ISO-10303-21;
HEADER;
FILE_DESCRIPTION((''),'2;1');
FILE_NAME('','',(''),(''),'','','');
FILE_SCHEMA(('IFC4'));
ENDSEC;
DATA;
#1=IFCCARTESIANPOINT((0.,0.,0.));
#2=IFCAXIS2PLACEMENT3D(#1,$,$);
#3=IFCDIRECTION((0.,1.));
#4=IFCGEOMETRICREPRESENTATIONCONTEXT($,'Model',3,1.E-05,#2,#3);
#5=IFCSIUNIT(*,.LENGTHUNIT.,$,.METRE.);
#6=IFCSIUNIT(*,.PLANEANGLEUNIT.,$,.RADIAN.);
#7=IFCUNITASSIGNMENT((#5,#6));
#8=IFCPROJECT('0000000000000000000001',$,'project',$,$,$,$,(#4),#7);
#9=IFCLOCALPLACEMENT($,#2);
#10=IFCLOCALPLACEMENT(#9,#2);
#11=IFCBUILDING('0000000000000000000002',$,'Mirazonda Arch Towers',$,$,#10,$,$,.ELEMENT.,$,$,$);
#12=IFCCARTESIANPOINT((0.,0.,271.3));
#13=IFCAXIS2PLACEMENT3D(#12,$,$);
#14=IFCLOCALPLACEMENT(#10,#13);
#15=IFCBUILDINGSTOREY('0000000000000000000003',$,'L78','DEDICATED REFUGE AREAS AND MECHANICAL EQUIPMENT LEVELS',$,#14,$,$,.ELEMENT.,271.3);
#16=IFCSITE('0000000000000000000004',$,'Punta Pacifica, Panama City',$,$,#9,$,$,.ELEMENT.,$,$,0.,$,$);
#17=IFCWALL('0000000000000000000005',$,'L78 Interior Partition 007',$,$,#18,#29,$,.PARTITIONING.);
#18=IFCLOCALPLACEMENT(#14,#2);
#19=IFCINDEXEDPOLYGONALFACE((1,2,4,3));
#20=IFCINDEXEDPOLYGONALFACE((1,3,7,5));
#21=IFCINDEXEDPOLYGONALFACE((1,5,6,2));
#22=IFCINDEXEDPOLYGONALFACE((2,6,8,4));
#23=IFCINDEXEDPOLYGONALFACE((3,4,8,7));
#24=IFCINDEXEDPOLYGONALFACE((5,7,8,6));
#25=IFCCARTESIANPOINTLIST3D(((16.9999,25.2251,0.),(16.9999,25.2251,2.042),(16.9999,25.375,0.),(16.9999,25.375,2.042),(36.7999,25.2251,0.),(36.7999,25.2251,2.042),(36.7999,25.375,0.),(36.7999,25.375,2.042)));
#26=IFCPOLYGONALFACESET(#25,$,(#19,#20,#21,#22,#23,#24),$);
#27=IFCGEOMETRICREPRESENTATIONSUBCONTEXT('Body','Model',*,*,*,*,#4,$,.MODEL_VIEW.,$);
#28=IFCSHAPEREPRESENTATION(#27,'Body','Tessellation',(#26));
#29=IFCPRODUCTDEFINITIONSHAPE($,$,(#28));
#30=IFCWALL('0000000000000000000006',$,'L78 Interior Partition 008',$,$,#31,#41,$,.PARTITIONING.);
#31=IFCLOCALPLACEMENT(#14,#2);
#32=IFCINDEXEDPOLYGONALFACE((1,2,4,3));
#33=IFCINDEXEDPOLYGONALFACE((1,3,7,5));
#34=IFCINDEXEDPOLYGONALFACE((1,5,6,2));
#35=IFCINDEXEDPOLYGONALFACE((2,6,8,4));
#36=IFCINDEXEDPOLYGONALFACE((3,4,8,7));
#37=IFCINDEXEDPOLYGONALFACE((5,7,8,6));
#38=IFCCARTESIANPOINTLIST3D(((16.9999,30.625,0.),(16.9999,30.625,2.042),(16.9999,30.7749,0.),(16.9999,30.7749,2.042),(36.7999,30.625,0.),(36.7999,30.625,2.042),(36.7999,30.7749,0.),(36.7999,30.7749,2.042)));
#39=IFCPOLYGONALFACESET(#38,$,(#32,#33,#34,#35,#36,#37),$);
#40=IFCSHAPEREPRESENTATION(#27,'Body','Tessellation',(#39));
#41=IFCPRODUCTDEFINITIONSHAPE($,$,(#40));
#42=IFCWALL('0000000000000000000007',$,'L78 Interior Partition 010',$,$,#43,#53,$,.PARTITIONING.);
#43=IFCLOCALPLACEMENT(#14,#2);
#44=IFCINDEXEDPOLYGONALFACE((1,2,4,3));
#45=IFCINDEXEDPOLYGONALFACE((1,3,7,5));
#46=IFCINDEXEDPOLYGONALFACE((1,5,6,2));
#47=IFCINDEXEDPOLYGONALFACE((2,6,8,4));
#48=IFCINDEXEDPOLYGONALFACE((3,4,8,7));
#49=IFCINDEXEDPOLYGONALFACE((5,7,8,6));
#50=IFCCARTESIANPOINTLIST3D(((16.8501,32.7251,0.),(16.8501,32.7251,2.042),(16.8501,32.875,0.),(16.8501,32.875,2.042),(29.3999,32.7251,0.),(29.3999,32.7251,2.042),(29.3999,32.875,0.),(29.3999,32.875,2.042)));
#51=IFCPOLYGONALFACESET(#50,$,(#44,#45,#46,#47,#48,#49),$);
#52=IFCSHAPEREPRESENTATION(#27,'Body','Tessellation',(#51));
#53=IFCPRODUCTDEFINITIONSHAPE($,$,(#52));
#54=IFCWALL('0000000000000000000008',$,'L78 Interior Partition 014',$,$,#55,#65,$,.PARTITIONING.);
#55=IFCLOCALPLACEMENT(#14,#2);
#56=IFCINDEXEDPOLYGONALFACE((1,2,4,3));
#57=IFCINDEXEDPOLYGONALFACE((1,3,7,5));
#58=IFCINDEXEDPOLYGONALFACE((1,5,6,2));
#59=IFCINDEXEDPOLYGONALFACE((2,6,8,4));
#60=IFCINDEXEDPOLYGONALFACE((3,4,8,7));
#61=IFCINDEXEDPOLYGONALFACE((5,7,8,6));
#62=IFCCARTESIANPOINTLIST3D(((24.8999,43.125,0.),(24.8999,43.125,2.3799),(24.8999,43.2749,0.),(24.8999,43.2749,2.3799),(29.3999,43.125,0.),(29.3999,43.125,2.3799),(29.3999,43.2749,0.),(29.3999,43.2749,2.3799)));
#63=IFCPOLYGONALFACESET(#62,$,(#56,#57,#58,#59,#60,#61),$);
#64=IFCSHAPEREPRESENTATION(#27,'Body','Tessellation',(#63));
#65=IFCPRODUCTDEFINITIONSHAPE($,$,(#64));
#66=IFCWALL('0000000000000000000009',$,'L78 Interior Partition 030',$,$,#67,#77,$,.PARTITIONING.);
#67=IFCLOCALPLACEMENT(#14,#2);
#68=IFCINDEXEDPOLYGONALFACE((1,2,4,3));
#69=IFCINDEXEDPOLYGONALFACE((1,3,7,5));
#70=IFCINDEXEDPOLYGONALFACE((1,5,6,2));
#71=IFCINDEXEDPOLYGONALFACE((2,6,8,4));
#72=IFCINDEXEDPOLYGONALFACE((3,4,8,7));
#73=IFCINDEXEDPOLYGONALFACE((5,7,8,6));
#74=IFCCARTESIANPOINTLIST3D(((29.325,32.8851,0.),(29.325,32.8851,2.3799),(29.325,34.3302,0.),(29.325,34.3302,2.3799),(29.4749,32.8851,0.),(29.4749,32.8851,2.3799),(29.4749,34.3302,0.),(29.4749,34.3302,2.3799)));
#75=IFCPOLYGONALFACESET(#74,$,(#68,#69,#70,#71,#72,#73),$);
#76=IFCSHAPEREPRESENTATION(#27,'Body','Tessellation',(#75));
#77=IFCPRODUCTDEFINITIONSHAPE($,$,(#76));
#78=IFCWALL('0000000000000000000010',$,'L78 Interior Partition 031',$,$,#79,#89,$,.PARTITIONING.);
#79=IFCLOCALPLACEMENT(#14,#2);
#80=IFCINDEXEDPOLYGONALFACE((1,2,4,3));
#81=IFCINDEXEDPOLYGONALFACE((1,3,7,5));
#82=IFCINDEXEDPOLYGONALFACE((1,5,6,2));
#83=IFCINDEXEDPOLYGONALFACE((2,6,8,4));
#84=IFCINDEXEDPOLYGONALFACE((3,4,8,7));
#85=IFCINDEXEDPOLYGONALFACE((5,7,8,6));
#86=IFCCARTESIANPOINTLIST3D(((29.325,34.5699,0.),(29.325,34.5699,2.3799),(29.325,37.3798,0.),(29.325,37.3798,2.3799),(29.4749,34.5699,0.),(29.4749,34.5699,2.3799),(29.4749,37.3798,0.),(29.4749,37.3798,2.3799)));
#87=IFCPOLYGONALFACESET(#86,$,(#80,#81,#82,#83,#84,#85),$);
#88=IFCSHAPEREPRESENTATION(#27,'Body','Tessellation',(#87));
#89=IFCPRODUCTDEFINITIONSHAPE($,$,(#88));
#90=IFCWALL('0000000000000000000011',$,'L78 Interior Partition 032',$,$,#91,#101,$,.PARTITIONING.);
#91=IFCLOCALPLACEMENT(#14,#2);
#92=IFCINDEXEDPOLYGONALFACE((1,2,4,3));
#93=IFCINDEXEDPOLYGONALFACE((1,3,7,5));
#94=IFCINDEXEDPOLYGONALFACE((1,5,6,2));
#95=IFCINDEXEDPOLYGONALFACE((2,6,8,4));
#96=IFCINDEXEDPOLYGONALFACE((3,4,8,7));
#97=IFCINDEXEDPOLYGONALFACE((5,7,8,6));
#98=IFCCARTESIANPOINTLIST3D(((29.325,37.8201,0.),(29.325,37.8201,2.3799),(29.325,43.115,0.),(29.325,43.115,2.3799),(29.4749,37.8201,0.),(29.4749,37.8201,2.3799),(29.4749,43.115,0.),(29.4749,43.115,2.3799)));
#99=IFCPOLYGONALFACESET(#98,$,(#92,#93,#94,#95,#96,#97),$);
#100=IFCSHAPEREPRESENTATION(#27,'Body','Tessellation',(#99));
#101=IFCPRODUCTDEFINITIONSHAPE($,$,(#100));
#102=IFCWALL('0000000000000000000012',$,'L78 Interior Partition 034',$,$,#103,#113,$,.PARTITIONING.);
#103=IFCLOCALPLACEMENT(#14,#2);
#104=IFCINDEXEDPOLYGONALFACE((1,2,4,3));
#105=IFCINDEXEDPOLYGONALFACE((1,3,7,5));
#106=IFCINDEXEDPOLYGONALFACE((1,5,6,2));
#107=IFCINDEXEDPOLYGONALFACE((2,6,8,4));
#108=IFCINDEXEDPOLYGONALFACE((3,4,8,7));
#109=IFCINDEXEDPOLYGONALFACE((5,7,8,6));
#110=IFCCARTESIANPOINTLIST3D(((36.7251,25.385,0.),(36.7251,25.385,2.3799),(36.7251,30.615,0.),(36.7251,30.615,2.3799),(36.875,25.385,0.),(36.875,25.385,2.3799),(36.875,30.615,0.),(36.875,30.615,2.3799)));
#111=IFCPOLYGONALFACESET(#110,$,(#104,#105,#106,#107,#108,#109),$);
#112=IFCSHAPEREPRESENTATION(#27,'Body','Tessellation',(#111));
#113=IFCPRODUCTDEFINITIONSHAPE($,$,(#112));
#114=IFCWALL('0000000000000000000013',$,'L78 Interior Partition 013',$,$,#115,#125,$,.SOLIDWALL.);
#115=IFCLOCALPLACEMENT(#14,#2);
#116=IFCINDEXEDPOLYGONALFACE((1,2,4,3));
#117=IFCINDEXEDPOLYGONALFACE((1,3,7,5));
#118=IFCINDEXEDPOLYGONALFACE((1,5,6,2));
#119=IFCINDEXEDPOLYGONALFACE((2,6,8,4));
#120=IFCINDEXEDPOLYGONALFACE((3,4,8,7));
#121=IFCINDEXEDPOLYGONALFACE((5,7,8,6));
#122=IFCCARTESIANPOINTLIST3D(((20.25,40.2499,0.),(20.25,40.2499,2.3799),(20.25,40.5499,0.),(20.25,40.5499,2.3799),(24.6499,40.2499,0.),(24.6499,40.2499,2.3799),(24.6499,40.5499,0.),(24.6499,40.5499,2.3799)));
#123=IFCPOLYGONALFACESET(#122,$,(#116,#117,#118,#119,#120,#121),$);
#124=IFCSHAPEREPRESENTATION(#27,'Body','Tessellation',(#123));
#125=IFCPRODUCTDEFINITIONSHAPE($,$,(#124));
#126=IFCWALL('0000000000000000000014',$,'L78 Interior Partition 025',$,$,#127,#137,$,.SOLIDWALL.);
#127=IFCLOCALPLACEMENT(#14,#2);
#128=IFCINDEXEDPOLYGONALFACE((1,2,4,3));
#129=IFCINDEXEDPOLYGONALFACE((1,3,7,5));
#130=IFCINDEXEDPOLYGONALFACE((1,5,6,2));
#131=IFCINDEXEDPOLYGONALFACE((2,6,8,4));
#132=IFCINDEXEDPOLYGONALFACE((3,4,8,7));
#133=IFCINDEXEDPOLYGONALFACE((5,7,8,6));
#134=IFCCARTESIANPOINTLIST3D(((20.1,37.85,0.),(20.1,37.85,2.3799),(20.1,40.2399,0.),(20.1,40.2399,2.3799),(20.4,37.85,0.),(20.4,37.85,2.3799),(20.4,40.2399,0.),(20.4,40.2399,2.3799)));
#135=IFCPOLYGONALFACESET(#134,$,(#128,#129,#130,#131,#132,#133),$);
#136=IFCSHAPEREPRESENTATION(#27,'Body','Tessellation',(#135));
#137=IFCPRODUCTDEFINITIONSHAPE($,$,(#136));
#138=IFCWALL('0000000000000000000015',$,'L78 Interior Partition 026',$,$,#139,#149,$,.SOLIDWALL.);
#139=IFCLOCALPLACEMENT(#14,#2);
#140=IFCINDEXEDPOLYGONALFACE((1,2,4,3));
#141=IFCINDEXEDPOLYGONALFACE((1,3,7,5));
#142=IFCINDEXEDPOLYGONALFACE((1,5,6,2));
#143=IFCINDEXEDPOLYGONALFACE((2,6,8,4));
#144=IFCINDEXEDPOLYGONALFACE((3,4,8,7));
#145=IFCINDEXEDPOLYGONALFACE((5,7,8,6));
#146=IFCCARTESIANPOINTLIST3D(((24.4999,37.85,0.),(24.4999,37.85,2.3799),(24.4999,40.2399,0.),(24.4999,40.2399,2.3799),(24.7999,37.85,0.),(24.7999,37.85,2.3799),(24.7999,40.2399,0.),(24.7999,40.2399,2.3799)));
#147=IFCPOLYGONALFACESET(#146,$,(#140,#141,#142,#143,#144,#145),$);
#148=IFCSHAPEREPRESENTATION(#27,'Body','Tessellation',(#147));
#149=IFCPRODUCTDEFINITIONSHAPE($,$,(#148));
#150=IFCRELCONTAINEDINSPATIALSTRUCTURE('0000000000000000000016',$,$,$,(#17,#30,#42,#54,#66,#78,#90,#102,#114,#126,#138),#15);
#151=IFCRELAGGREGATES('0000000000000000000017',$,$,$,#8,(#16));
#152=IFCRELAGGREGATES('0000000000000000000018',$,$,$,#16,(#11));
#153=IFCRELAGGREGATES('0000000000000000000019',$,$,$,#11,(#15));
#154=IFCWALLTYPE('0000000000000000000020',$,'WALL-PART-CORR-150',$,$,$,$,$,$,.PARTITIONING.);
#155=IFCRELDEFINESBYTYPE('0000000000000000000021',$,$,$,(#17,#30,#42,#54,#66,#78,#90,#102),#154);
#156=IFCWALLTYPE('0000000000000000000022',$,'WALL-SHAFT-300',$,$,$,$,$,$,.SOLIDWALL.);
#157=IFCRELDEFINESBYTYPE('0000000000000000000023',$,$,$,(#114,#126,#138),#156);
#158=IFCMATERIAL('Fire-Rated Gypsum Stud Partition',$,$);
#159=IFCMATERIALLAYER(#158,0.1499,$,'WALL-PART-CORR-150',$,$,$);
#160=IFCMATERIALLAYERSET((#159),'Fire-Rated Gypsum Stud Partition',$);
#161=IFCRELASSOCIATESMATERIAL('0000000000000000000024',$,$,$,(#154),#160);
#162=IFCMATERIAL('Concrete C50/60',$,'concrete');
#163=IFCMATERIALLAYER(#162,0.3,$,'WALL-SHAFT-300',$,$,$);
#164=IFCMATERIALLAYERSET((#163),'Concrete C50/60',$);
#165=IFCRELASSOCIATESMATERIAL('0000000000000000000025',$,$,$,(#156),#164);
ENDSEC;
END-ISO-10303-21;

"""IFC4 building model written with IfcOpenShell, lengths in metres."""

from ifc_helpers import new_model, si_unit, direction, frame, frame_2d, origin, place, context, subcontext, project, spatial, rectangle, extrude, material, layer, layer_set, type_object, element, save


model = new_model("IFC4")

# Units and contexts
model_context = context("Model", 3, precision=1e-05, world=origin(), true_north=direction((0.0, 1.0)))
body_context = subcontext(model_context, "Body", "Model", "MODEL_VIEW")
ifc_project = project(units=[si_unit("LENGTHUNIT", "METRE"), si_unit("PLANEANGLEUNIT", "RADIAN")], contexts=[model_context])

# Site, building, storey
site_placement = place(None, origin())
site = spatial("IfcSite", under=ifc_project, at=site_placement, Name="Punta Pacifica, Panama City", CompositionType="ELEMENT", RefElevation=0.0)
building_placement = place(site_placement, origin())
building = spatial("IfcBuilding", under=site, at=building_placement, Name="Mirazonda Arch Towers", CompositionType="ELEMENT")
storey_placement = place(building_placement, frame((0.0, 0.0, 271.3)))
storey = spatial("IfcBuildingStorey", under=building, at=storey_placement, Name="L78", Description="DEDICATED REFUGE AREAS AND MECHANICAL EQUIPMENT LEVELS", CompositionType="ELEMENT", Elevation=271.3)

# Shared definitions
ifc_material_1 = material(Name="Concrete C50/60", Category="concrete")

# Walls
ifc_material_2 = material(Name="Fire-Rated Gypsum Stud Partition")
ifc_layer_1 = layer(ifc_material_2, 0.1499, Name="WALL-PART-CORR-150")
ifc_layer_set_1 = layer_set([ifc_layer_1], Name="Fire-Rated Gypsum Stud Partition")
wall_type_1 = type_object("IfcWallType", Name="WALL-PART-CORR-150", PredefinedType="PARTITIONING", material=ifc_layer_set_1)
for number, where, z_axis, x_axis, name in (
    (1, (17.0, 25.3, 0.0), (0.0, 0.0, 1.0), (1.0, 0.0, 0.0), "L78 Interior Partition 007"),
    (2, (17.0, 30.7, 0.0), (0.0, 0.0, 1.0), (1.0, 0.0, 0.0), "L78 Interior Partition 008"),
):
    element("IfcWall", number, at=place(storey_placement, frame(where, z_axis=z_axis, x_axis=x_axis)), inside=storey, type_object=wall_type_1, Name=name, PredefinedType="PARTITIONING", context=body_context, shape_type="SweptSolid", body=[
        extrude(rectangle(XDim=19.8, YDim=0.1499, at=frame_2d((9.8999, 0.0))), origin(), (0.0, 0.0, 1.0), 2.042),
    ])
wall_1_placement = place(storey_placement, frame((16.8501, 32.8, 0.0), z_axis=(0.0, 0.0, 1.0), x_axis=(1.0, 0.0, 0.0)))
element("IfcWall", 3, at=wall_1_placement, inside=storey, type_object=wall_type_1, Name="L78 Interior Partition 010", PredefinedType="PARTITIONING", context=body_context, shape_type="SweptSolid", body=[
    extrude(rectangle(XDim=12.5498, YDim=0.1499, at=frame_2d((6.2749, 0.0))), origin(), (0.0, 0.0, 1.0), 2.042),
])
wall_2_placement = place(storey_placement, frame((24.8999, 43.2, 0.0), z_axis=(0.0, 0.0, 1.0), x_axis=(1.0, 0.0, 0.0)))
element("IfcWall", 4, at=wall_2_placement, inside=storey, type_object=wall_type_1, Name="L78 Interior Partition 014", PredefinedType="PARTITIONING", context=body_context, shape_type="SweptSolid", body=[
    extrude(rectangle(XDim=4.5, YDim=0.1499, at=frame_2d((2.25, 0.0))), origin(), (0.0, 0.0, 1.0), 2.3799),
])
wall_3_placement = place(storey_placement, frame((29.3999, 32.885, 0.0), z_axis=(0.0, 0.0, 1.0), x_axis=(0.0, 1.0, 0.0)))
element("IfcWall", 5, at=wall_3_placement, inside=storey, type_object=wall_type_1, Name="L78 Interior Partition 030", PredefinedType="PARTITIONING", context=body_context, shape_type="SweptSolid", body=[
    extrude(rectangle(XDim=1.4451, YDim=0.1499, at=frame_2d((0.7227, 0.0))), origin(), (0.0, 0.0, 1.0), 2.3799),
])
wall_4_placement = place(storey_placement, frame((29.3999, 34.5701, 0.0), z_axis=(0.0, 0.0, 1.0), x_axis=(0.0, 1.0, 0.0)))
element("IfcWall", 6, at=wall_4_placement, inside=storey, type_object=wall_type_1, Name="L78 Interior Partition 031", PredefinedType="PARTITIONING", context=body_context, shape_type="SweptSolid", body=[
    extrude(rectangle(XDim=2.8098, YDim=0.1499, at=frame_2d((1.4048, 0.0))), origin(), (0.0, 0.0, 1.0), 2.3799),
])
wall_5_placement = place(storey_placement, frame((29.3999, 37.8201, 0.0), z_axis=(0.0, 0.0, 1.0), x_axis=(0.0, 1.0, 0.0)))
element("IfcWall", 7, at=wall_5_placement, inside=storey, type_object=wall_type_1, Name="L78 Interior Partition 032", PredefinedType="PARTITIONING", context=body_context, shape_type="SweptSolid", body=[
    extrude(rectangle(XDim=5.2949, YDim=0.1499, at=frame_2d((2.6475, 0.0))), origin(), (0.0, 0.0, 1.0), 2.3799),
])
wall_6_placement = place(storey_placement, frame((36.8, 25.385, 0.0), z_axis=(0.0, 0.0, 1.0), x_axis=(0.0, 1.0, 0.0)))
element("IfcWall", 8, at=wall_6_placement, inside=storey, type_object=wall_type_1, Name="L78 Interior Partition 034", PredefinedType="PARTITIONING", context=body_context, shape_type="SweptSolid", body=[
    extrude(rectangle(XDim=5.23, YDim=0.1499, at=frame_2d((2.615, 0.0))), origin(), (0.0, 0.0, 1.0), 2.3799),
])
ifc_layer_2 = layer(ifc_material_1, 0.3, Name="WALL-SHAFT-300")
ifc_layer_set_2 = layer_set([ifc_layer_2], Name="Concrete C50/60")
wall_type_2 = type_object("IfcWallType", Name="WALL-SHAFT-300", PredefinedType="SOLIDWALL", material=ifc_layer_set_2)
wall_7_placement = place(storey_placement, frame((20.25, 40.3999, 0.0), z_axis=(0.0, 0.0, 1.0), x_axis=(1.0, 0.0, 0.0)))
element("IfcWall", 9, at=wall_7_placement, inside=storey, type_object=wall_type_2, Name="L78 Interior Partition 013", PredefinedType="SOLIDWALL", context=body_context, shape_type="SweptSolid", body=[
    extrude(rectangle(XDim=4.3999, YDim=0.3, at=frame_2d((2.2, 0.0))), origin(), (0.0, 0.0, 1.0), 2.3799),
])
for number, where, z_axis, x_axis, name in (
    (10, (20.25, 37.8501, 0.0), (0.0, 0.0, 1.0), (0.0, 1.0, 0.0), "L78 Interior Partition 025"),
    (11, (24.6499, 37.8501, 0.0), (0.0, 0.0, 1.0), (0.0, 1.0, 0.0), "L78 Interior Partition 026"),
):
    element("IfcWall", number, at=place(storey_placement, frame(where, z_axis=z_axis, x_axis=x_axis)), inside=storey, type_object=wall_type_2, Name=name, PredefinedType="SOLIDWALL", context=body_context, shape_type="SweptSolid", body=[
        extrude(rectangle(XDim=2.3899, YDim=0.3, at=frame_2d((1.1948, 0.0))), origin(), (0.0, 0.0, 1.0), 2.3799),
    ])

save(model, "model.ifc")
